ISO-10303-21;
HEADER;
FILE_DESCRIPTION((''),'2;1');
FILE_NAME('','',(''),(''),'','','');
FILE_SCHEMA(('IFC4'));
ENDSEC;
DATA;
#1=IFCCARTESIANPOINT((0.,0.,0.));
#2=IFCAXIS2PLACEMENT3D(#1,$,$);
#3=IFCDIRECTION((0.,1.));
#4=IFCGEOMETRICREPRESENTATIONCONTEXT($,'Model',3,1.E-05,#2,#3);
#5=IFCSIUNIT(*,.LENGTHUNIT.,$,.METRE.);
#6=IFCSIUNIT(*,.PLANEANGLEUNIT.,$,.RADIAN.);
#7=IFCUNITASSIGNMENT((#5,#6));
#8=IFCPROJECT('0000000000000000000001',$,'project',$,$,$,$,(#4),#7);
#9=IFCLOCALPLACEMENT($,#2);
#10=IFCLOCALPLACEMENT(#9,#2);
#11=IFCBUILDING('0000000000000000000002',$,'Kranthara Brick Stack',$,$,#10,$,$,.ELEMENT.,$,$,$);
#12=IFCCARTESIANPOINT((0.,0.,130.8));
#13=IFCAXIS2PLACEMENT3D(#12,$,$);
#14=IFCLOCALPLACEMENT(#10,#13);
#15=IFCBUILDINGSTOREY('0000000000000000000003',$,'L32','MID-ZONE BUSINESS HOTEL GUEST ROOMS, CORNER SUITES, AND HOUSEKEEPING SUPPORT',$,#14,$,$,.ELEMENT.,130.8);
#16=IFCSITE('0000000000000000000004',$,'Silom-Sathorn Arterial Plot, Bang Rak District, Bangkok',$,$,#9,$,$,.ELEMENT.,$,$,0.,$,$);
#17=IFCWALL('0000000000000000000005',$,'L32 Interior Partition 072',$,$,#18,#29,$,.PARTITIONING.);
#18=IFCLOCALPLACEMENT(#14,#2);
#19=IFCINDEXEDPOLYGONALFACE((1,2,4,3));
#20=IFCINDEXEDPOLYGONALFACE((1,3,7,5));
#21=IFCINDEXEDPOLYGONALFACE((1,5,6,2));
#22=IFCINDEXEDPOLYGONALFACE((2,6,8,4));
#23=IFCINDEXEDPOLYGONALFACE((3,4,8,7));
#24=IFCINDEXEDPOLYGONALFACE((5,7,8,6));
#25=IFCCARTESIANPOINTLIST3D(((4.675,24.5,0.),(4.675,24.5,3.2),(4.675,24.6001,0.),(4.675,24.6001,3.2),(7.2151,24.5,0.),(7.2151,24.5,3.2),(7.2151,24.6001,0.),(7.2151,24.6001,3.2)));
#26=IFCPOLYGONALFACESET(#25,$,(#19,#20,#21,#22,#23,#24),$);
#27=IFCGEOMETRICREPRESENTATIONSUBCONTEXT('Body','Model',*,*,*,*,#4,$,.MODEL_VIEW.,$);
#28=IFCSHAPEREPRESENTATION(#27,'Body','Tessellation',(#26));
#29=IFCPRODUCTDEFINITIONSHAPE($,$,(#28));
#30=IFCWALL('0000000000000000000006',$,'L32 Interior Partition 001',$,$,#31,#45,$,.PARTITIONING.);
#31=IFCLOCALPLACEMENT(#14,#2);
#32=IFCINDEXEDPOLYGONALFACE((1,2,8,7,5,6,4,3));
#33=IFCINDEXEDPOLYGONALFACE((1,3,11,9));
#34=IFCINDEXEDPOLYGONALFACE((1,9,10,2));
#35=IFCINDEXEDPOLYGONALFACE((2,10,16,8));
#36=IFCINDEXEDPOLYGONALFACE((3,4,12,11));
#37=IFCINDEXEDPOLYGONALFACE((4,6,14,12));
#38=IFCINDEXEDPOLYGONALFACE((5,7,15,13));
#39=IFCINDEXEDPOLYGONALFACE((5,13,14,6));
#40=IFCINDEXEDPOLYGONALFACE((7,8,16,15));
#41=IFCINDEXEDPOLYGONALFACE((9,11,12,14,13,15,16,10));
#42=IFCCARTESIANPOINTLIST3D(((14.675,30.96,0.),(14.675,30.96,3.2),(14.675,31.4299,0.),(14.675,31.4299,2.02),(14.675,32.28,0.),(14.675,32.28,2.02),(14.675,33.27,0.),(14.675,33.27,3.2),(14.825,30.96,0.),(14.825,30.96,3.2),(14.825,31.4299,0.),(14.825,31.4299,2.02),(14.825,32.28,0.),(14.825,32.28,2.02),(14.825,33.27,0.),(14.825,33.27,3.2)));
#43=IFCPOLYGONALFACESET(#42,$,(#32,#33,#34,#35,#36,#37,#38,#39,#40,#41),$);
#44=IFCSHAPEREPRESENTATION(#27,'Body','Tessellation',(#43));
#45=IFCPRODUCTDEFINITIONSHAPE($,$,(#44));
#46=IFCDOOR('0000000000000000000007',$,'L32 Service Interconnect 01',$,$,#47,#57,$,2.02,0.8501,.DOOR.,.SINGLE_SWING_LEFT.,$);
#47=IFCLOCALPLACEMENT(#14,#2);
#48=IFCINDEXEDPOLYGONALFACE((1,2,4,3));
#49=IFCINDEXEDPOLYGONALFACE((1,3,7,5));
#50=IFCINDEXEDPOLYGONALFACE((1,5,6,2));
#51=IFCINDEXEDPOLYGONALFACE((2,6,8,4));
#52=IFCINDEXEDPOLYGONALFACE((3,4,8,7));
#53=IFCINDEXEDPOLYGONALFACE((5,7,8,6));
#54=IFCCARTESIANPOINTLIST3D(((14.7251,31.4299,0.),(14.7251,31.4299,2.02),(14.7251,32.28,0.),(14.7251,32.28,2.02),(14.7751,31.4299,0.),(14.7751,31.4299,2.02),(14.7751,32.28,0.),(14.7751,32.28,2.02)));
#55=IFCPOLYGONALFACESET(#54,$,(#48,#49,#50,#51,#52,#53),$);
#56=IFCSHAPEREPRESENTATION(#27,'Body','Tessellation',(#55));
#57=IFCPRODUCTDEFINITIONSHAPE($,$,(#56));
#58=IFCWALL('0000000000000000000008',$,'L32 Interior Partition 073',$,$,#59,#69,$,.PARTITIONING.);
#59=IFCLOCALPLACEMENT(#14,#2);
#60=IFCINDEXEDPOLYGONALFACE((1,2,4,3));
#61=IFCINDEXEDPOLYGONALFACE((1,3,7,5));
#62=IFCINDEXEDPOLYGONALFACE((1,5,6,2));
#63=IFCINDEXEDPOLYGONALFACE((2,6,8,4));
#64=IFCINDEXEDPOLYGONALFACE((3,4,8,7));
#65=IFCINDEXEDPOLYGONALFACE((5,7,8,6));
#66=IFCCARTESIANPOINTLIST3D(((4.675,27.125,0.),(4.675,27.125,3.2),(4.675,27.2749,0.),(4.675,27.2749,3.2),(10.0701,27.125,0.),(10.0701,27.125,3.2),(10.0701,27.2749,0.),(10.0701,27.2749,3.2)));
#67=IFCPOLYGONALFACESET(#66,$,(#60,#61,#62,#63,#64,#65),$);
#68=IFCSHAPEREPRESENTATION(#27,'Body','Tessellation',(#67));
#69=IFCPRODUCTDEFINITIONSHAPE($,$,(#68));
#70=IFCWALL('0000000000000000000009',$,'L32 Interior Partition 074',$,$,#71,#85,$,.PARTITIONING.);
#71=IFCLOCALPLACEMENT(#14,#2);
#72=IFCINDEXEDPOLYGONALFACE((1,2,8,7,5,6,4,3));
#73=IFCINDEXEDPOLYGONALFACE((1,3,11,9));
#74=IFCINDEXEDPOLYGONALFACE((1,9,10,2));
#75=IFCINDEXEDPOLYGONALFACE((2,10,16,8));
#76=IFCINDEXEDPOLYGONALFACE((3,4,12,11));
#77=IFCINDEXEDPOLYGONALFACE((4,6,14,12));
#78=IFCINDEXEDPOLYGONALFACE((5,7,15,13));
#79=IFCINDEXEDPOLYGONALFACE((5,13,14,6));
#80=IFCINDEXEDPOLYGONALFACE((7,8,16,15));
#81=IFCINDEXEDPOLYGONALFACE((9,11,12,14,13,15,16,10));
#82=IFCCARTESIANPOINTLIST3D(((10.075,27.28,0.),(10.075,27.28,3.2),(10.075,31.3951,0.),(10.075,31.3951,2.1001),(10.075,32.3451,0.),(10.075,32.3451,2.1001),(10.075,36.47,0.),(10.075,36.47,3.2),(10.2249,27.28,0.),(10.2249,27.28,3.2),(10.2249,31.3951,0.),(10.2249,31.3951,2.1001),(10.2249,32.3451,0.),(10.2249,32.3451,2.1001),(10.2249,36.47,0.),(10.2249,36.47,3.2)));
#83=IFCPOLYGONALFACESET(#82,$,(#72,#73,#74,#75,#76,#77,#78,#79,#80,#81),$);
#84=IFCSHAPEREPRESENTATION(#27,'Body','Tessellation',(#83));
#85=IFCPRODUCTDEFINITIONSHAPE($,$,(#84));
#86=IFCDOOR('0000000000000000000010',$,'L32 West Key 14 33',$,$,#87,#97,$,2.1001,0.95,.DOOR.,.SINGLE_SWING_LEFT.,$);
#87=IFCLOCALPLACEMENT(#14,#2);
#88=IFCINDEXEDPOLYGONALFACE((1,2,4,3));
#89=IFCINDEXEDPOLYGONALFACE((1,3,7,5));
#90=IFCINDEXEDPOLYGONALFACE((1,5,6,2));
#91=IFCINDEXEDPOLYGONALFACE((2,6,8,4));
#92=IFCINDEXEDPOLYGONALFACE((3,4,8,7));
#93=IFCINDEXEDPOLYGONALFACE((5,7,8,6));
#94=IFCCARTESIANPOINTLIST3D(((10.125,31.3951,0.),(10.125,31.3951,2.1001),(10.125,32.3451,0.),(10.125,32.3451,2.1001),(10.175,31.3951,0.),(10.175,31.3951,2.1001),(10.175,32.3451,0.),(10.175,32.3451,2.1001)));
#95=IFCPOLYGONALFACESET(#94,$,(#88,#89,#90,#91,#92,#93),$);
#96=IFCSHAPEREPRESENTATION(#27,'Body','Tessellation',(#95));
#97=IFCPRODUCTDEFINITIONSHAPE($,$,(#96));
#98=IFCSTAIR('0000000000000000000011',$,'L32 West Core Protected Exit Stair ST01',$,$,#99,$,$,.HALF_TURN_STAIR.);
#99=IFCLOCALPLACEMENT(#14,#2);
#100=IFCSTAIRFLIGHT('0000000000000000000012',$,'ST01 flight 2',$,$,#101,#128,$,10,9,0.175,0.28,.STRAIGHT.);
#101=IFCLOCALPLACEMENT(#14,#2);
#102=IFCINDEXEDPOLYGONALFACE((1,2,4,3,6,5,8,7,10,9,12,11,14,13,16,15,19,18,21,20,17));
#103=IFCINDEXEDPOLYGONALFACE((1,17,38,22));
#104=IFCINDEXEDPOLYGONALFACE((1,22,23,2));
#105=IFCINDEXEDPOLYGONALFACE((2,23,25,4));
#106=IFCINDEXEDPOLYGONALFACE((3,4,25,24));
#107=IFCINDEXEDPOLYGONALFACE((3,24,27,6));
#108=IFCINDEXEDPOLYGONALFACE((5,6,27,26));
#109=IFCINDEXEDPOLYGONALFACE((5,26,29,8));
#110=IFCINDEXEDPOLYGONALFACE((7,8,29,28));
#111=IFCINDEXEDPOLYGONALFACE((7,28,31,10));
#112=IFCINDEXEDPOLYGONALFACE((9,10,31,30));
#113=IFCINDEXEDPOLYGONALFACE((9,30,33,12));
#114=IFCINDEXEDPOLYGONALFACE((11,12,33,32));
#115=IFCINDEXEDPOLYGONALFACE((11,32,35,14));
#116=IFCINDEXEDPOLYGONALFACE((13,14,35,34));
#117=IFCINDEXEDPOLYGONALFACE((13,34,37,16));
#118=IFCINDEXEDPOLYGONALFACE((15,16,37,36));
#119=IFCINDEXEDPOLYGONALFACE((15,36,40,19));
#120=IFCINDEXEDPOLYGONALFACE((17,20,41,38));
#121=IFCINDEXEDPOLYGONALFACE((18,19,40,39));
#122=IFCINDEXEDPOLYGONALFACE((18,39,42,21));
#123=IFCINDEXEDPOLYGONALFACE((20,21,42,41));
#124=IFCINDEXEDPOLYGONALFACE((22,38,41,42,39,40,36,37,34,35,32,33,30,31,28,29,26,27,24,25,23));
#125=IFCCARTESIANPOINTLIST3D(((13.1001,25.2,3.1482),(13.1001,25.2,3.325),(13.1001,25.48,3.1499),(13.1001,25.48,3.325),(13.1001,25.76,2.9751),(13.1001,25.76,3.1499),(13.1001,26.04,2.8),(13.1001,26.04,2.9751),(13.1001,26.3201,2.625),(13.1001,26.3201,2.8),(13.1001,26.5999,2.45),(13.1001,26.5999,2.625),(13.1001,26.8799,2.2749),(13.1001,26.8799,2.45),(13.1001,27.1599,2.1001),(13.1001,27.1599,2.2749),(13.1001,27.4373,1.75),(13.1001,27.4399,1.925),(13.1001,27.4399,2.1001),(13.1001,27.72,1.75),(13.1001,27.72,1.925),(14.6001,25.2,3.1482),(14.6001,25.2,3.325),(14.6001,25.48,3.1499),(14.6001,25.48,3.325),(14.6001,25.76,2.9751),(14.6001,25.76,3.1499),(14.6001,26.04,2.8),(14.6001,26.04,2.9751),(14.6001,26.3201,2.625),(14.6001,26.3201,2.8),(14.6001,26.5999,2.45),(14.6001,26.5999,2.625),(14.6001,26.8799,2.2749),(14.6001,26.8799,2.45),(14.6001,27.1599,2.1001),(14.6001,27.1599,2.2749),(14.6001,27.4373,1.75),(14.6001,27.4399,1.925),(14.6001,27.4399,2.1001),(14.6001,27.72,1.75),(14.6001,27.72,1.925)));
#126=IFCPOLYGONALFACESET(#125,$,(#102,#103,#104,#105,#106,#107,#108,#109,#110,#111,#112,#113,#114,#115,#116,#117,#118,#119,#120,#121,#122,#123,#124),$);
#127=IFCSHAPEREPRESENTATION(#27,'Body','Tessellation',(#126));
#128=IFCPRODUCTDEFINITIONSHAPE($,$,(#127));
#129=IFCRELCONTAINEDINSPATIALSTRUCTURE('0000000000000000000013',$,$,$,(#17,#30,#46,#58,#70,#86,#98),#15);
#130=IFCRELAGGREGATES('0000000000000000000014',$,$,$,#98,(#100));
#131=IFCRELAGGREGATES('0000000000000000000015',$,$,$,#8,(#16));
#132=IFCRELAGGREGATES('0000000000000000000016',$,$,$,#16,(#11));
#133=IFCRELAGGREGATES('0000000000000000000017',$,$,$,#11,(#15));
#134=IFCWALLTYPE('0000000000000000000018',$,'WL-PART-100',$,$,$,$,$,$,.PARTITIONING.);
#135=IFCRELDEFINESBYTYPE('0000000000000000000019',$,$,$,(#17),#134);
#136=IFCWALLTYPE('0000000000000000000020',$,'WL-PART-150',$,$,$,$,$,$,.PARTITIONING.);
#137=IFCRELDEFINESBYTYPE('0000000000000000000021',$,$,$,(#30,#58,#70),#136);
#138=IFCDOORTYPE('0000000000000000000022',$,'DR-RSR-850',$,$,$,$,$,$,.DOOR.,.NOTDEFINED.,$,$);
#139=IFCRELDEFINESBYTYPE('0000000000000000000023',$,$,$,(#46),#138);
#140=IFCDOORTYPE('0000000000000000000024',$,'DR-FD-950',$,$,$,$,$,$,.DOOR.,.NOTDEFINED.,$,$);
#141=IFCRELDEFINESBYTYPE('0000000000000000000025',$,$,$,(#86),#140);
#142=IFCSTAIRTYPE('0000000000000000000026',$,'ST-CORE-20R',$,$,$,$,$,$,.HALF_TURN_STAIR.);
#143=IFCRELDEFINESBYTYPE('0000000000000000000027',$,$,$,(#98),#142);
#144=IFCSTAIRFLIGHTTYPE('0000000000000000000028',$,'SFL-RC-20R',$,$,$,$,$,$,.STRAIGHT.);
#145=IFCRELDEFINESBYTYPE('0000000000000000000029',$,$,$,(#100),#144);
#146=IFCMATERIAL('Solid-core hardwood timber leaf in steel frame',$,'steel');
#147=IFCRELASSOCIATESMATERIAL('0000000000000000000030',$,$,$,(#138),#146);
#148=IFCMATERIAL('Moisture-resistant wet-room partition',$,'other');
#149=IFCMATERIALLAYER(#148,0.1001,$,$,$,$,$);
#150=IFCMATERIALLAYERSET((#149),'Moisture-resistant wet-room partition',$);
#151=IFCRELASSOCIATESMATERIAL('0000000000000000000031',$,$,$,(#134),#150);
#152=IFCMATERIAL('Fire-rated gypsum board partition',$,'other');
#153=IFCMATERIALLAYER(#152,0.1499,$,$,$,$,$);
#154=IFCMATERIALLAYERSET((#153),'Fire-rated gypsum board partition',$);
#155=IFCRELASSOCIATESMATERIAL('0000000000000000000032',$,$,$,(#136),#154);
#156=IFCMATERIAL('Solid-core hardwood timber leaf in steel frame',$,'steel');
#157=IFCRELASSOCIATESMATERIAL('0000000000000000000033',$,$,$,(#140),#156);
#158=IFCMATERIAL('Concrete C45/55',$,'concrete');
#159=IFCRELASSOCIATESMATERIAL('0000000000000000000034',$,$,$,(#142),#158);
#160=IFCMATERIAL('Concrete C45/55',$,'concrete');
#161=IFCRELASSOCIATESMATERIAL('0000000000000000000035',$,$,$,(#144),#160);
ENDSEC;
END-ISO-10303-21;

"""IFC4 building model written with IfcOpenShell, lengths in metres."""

from ifc_helpers import new_model, si_unit, direction, frame, frame_2d, origin, place, context, subcontext, project, spatial, polyline, rectangle, outline, extrude, material, layer, layer_set, type_object, element, fill, aggregate, save


model = new_model("IFC4")

# Units and contexts
model_context = context("Model", 3, precision=1e-05, world=origin(), true_north=direction((0.0, 1.0)))
body_context = subcontext(model_context, "Body", "Model", "MODEL_VIEW")
ifc_project = project(units=[si_unit("LENGTHUNIT", "METRE"), si_unit("PLANEANGLEUNIT", "RADIAN")], contexts=[model_context])

# Site, building, storey
site_placement = place(None, origin())
site = spatial("IfcSite", under=ifc_project, at=site_placement, Name="Silom-Sathorn Arterial Plot, Bang Rak District, Bangkok", CompositionType="ELEMENT", RefElevation=0.0)
building_placement = place(site_placement, origin())
building = spatial("IfcBuilding", under=site, at=building_placement, Name="Kranthara Brick Stack", CompositionType="ELEMENT")
storey_placement = place(building_placement, frame((0.0, 0.0, 130.8)))
storey = spatial("IfcBuildingStorey", under=building, at=storey_placement, Name="L32", Description="MID-ZONE BUSINESS HOTEL GUEST ROOMS, CORNER SUITES, AND HOUSEKEEPING SUPPORT", CompositionType="ELEMENT", Elevation=130.8)

# Shared definitions
ifc_material_1 = material(Name="Solid-core hardwood timber leaf in steel frame", Category="steel")
door_type_1 = type_object("IfcDoorType", Name="DR-RSR-850", OperationType="NOTDEFINED", PredefinedType="DOOR", material=ifc_material_1)

# Shared definitions
ifc_material_2 = material(Name="Moisture-resistant wet-room partition", Category="other")
ifc_layer_1 = layer(ifc_material_2, 0.1001)
ifc_layer_set_1 = layer_set([ifc_layer_1], Name="Moisture-resistant wet-room partition")
wall_type_1 = type_object("IfcWallType", Name="WL-PART-100", PredefinedType="PARTITIONING", material=ifc_layer_set_1)

# Wall
wall_1_placement = place(storey_placement, frame((4.675, 24.55, 0.0), z_axis=(0.0, 0.0, 1.0), x_axis=(1.0, 0.0, 0.0)))
element("IfcWall", 1, at=wall_1_placement, inside=storey, type_object=wall_type_1, Name="L32 Interior Partition 072", PredefinedType="PARTITIONING", context=body_context, shape_type="SweptSolid", body=[
    extrude(rectangle(XDim=2.54, YDim=0.1001, at=frame_2d((1.27, 0.0))), origin(), (0.0, 0.0, 1.0), 3.2),
])

# Wall, opening, door
ifc_material_3 = material(Name="Fire-rated gypsum board partition", Category="other")
ifc_layer_2 = layer(ifc_material_3, 0.1499)
ifc_layer_set_2 = layer_set([ifc_layer_2], Name="Fire-rated gypsum board partition")
wall_type_2 = type_object("IfcWallType", Name="WL-PART-150", PredefinedType="PARTITIONING", material=ifc_layer_set_2)
wall_2_placement = place(storey_placement, frame((14.75, 30.96, 0.0), z_axis=(0.0, 0.0, 1.0), x_axis=(0.0, 1.0, 0.0)))
wall_2 = element("IfcWall", 2, at=wall_2_placement, inside=storey, type_object=wall_type_2, Name="L32 Interior Partition 001", PredefinedType="PARTITIONING", context=body_context, shape_type="SweptSolid", body=[
    extrude(rectangle(XDim=2.3101, YDim=0.1499, at=frame_2d((1.155, 0.0))), origin(), (0.0, 0.0, 1.0), 3.2),
])
opening_1_placement = place(wall_2_placement, frame((0.47, 0.0, 0.0)))
opening_1 = element("IfcOpeningElement", 3, at=opening_1_placement, cuts=wall_2, PredefinedType="OPENING", context=body_context, shape_type="SweptSolid", body=[
    extrude(rectangle(XDim=0.8501, YDim=2.02, at=frame_2d((0.425, 1.01))), frame((0.0, 0.085, 0.0), z_axis=(0.0, -1.0, 0.0), x_axis=(1.0, 0.0, 0.0)), (0.0, 0.0, 1.0), 0.1699),
])
door_1_placement = place(opening_1_placement, origin())
door_1 = element("IfcDoor", 4, at=door_1_placement, inside=storey, type_object=door_type_1, Name="L32 Service Interconnect 01", OperationType="SINGLE_SWING_LEFT", OverallHeight=2.02, OverallWidth=0.8501, PredefinedType="DOOR", context=body_context, shape_type="SweptSolid", body=[
    extrude(rectangle(XDim=0.8501, YDim=2.02, at=frame_2d((0.425, 1.01))), frame((0.0, 0.0249, 0.0), z_axis=(0.0, -1.0, 0.0), x_axis=(1.0, 0.0, 0.0)), (0.0, 0.0, 1.0), 0.05),
])
fill(opening_1, door_1)

# Wall
wall_3_placement = place(storey_placement, frame((4.675, 27.2, 0.0), z_axis=(0.0, 0.0, 1.0), x_axis=(1.0, 0.0, 0.0)))
element("IfcWall", 5, at=wall_3_placement, inside=storey, type_object=wall_type_2, Name="L32 Interior Partition 073", PredefinedType="PARTITIONING", context=body_context, shape_type="SweptSolid", body=[
    extrude(rectangle(XDim=5.395, YDim=0.1499, at=frame_2d((2.6975, 0.0))), origin(), (0.0, 0.0, 1.0), 3.2),
])

# Wall, opening, door
wall_4_placement = place(storey_placement, frame((10.1499, 27.28, 0.0), z_axis=(0.0, 0.0, 1.0), x_axis=(0.0, 1.0, 0.0)))
wall_4 = element("IfcWall", 6, at=wall_4_placement, inside=storey, type_object=wall_type_2, Name="L32 Interior Partition 074", PredefinedType="PARTITIONING", context=body_context, shape_type="SweptSolid", body=[
    extrude(rectangle(XDim=9.1899, YDim=0.1499, at=frame_2d((4.595, 0.0))), origin(), (0.0, 0.0, 1.0), 3.2),
])
opening_2_placement = place(wall_4_placement, frame((4.115, 0.0, 0.0)))
opening_2 = element("IfcOpeningElement", 7, at=opening_2_placement, cuts=wall_4, PredefinedType="OPENING", context=body_context, shape_type="SweptSolid", body=[
    extrude(rectangle(XDim=0.95, YDim=2.1001, at=frame_2d((0.4751, 1.05))), frame((0.0, 0.085, 0.0), z_axis=(0.0, -1.0, 0.0), x_axis=(1.0, 0.0, 0.0)), (0.0, 0.0, 1.0), 0.1699),
])
ifc_material_4 = material(Name="Solid-core hardwood timber leaf in steel frame", Category="steel")
door_type_2 = type_object("IfcDoorType", Name="DR-FD-950", OperationType="NOTDEFINED", PredefinedType="DOOR", material=ifc_material_4)
door_2_placement = place(opening_2_placement, origin())
door_2 = element("IfcDoor", 8, at=door_2_placement, inside=storey, type_object=door_type_2, Name="L32 West Key 14 33", OperationType="SINGLE_SWING_LEFT", OverallHeight=2.1001, OverallWidth=0.95, PredefinedType="DOOR", context=body_context, shape_type="SweptSolid", body=[
    extrude(rectangle(XDim=0.95, YDim=2.1001, at=frame_2d((0.4751, 1.05))), frame((0.0, 0.0249, 0.0), z_axis=(0.0, -1.0, 0.0), x_axis=(1.0, 0.0, 0.0)), (0.0, 0.0, 1.0), 0.05),
])
fill(opening_2, door_2)

# Stair, stair flight
ifc_material_5 = material(Name="Concrete C45/55", Category="concrete")
stair_type = type_object("IfcStairType", Name="ST-CORE-20R", PredefinedType="HALF_TURN_STAIR", material=ifc_material_5)
stair_placement = place(storey_placement, origin())
stair = element("IfcStair", 9, at=stair_placement, inside=storey, type_object=stair_type, Name="L32 West Core Protected Exit Stair ST01", PredefinedType="HALF_TURN_STAIR")
ifc_material_6 = material(Name="Concrete C45/55", Category="concrete")
stair_flight_type = type_object("IfcStairFlightType", Name="SFL-RC-20R", PredefinedType="STRAIGHT", material=ifc_material_6)
stair_flight_placement = place(storey_placement, frame((13.8501, 27.72, 1.75), z_axis=(0.0, 0.0, 1.0), x_axis=(0.0, -1.0, 0.0)))
stair_flight = element("IfcStairFlight", 10, at=stair_flight_placement, type_object=stair_flight_type, Name="ST01 flight 2", NumberOfRisers=10, NumberOfTreads=9, PredefinedType="STRAIGHT", RiserHeight=0.175, TreadLength=0.28, context=body_context, shape_type="SweptSolid", body=[
    extrude(outline(polyline([(0.0, 0.0), (0.0, 0.175), (0.28, 0.175), (0.28, 0.3501), (0.5601, 0.3501), (0.5601, 0.5249), (0.8401, 0.5249), (0.8401, 0.7), (1.1201, 0.7), (1.1201, 0.875), (1.3999, 0.875), (1.3999, 1.05), (1.6799, 1.05), (1.6799, 1.2251), (1.96, 1.2251), (1.96, 1.3999), (2.24, 1.3999), (2.24, 1.575), (2.52, 1.575), (2.52, 1.75), (2.52, 1.3982), (0.2827, 0.0), (0.0, 0.0)])), frame((0.0, 0.75, 0.0), z_axis=(0.0, -1.0, 0.0), x_axis=(1.0, 0.0, 0.0)), (0.0, 0.0, 1.0), 1.5),
])
aggregate(stair, [stair_flight])

save(model, "model.ifc")
